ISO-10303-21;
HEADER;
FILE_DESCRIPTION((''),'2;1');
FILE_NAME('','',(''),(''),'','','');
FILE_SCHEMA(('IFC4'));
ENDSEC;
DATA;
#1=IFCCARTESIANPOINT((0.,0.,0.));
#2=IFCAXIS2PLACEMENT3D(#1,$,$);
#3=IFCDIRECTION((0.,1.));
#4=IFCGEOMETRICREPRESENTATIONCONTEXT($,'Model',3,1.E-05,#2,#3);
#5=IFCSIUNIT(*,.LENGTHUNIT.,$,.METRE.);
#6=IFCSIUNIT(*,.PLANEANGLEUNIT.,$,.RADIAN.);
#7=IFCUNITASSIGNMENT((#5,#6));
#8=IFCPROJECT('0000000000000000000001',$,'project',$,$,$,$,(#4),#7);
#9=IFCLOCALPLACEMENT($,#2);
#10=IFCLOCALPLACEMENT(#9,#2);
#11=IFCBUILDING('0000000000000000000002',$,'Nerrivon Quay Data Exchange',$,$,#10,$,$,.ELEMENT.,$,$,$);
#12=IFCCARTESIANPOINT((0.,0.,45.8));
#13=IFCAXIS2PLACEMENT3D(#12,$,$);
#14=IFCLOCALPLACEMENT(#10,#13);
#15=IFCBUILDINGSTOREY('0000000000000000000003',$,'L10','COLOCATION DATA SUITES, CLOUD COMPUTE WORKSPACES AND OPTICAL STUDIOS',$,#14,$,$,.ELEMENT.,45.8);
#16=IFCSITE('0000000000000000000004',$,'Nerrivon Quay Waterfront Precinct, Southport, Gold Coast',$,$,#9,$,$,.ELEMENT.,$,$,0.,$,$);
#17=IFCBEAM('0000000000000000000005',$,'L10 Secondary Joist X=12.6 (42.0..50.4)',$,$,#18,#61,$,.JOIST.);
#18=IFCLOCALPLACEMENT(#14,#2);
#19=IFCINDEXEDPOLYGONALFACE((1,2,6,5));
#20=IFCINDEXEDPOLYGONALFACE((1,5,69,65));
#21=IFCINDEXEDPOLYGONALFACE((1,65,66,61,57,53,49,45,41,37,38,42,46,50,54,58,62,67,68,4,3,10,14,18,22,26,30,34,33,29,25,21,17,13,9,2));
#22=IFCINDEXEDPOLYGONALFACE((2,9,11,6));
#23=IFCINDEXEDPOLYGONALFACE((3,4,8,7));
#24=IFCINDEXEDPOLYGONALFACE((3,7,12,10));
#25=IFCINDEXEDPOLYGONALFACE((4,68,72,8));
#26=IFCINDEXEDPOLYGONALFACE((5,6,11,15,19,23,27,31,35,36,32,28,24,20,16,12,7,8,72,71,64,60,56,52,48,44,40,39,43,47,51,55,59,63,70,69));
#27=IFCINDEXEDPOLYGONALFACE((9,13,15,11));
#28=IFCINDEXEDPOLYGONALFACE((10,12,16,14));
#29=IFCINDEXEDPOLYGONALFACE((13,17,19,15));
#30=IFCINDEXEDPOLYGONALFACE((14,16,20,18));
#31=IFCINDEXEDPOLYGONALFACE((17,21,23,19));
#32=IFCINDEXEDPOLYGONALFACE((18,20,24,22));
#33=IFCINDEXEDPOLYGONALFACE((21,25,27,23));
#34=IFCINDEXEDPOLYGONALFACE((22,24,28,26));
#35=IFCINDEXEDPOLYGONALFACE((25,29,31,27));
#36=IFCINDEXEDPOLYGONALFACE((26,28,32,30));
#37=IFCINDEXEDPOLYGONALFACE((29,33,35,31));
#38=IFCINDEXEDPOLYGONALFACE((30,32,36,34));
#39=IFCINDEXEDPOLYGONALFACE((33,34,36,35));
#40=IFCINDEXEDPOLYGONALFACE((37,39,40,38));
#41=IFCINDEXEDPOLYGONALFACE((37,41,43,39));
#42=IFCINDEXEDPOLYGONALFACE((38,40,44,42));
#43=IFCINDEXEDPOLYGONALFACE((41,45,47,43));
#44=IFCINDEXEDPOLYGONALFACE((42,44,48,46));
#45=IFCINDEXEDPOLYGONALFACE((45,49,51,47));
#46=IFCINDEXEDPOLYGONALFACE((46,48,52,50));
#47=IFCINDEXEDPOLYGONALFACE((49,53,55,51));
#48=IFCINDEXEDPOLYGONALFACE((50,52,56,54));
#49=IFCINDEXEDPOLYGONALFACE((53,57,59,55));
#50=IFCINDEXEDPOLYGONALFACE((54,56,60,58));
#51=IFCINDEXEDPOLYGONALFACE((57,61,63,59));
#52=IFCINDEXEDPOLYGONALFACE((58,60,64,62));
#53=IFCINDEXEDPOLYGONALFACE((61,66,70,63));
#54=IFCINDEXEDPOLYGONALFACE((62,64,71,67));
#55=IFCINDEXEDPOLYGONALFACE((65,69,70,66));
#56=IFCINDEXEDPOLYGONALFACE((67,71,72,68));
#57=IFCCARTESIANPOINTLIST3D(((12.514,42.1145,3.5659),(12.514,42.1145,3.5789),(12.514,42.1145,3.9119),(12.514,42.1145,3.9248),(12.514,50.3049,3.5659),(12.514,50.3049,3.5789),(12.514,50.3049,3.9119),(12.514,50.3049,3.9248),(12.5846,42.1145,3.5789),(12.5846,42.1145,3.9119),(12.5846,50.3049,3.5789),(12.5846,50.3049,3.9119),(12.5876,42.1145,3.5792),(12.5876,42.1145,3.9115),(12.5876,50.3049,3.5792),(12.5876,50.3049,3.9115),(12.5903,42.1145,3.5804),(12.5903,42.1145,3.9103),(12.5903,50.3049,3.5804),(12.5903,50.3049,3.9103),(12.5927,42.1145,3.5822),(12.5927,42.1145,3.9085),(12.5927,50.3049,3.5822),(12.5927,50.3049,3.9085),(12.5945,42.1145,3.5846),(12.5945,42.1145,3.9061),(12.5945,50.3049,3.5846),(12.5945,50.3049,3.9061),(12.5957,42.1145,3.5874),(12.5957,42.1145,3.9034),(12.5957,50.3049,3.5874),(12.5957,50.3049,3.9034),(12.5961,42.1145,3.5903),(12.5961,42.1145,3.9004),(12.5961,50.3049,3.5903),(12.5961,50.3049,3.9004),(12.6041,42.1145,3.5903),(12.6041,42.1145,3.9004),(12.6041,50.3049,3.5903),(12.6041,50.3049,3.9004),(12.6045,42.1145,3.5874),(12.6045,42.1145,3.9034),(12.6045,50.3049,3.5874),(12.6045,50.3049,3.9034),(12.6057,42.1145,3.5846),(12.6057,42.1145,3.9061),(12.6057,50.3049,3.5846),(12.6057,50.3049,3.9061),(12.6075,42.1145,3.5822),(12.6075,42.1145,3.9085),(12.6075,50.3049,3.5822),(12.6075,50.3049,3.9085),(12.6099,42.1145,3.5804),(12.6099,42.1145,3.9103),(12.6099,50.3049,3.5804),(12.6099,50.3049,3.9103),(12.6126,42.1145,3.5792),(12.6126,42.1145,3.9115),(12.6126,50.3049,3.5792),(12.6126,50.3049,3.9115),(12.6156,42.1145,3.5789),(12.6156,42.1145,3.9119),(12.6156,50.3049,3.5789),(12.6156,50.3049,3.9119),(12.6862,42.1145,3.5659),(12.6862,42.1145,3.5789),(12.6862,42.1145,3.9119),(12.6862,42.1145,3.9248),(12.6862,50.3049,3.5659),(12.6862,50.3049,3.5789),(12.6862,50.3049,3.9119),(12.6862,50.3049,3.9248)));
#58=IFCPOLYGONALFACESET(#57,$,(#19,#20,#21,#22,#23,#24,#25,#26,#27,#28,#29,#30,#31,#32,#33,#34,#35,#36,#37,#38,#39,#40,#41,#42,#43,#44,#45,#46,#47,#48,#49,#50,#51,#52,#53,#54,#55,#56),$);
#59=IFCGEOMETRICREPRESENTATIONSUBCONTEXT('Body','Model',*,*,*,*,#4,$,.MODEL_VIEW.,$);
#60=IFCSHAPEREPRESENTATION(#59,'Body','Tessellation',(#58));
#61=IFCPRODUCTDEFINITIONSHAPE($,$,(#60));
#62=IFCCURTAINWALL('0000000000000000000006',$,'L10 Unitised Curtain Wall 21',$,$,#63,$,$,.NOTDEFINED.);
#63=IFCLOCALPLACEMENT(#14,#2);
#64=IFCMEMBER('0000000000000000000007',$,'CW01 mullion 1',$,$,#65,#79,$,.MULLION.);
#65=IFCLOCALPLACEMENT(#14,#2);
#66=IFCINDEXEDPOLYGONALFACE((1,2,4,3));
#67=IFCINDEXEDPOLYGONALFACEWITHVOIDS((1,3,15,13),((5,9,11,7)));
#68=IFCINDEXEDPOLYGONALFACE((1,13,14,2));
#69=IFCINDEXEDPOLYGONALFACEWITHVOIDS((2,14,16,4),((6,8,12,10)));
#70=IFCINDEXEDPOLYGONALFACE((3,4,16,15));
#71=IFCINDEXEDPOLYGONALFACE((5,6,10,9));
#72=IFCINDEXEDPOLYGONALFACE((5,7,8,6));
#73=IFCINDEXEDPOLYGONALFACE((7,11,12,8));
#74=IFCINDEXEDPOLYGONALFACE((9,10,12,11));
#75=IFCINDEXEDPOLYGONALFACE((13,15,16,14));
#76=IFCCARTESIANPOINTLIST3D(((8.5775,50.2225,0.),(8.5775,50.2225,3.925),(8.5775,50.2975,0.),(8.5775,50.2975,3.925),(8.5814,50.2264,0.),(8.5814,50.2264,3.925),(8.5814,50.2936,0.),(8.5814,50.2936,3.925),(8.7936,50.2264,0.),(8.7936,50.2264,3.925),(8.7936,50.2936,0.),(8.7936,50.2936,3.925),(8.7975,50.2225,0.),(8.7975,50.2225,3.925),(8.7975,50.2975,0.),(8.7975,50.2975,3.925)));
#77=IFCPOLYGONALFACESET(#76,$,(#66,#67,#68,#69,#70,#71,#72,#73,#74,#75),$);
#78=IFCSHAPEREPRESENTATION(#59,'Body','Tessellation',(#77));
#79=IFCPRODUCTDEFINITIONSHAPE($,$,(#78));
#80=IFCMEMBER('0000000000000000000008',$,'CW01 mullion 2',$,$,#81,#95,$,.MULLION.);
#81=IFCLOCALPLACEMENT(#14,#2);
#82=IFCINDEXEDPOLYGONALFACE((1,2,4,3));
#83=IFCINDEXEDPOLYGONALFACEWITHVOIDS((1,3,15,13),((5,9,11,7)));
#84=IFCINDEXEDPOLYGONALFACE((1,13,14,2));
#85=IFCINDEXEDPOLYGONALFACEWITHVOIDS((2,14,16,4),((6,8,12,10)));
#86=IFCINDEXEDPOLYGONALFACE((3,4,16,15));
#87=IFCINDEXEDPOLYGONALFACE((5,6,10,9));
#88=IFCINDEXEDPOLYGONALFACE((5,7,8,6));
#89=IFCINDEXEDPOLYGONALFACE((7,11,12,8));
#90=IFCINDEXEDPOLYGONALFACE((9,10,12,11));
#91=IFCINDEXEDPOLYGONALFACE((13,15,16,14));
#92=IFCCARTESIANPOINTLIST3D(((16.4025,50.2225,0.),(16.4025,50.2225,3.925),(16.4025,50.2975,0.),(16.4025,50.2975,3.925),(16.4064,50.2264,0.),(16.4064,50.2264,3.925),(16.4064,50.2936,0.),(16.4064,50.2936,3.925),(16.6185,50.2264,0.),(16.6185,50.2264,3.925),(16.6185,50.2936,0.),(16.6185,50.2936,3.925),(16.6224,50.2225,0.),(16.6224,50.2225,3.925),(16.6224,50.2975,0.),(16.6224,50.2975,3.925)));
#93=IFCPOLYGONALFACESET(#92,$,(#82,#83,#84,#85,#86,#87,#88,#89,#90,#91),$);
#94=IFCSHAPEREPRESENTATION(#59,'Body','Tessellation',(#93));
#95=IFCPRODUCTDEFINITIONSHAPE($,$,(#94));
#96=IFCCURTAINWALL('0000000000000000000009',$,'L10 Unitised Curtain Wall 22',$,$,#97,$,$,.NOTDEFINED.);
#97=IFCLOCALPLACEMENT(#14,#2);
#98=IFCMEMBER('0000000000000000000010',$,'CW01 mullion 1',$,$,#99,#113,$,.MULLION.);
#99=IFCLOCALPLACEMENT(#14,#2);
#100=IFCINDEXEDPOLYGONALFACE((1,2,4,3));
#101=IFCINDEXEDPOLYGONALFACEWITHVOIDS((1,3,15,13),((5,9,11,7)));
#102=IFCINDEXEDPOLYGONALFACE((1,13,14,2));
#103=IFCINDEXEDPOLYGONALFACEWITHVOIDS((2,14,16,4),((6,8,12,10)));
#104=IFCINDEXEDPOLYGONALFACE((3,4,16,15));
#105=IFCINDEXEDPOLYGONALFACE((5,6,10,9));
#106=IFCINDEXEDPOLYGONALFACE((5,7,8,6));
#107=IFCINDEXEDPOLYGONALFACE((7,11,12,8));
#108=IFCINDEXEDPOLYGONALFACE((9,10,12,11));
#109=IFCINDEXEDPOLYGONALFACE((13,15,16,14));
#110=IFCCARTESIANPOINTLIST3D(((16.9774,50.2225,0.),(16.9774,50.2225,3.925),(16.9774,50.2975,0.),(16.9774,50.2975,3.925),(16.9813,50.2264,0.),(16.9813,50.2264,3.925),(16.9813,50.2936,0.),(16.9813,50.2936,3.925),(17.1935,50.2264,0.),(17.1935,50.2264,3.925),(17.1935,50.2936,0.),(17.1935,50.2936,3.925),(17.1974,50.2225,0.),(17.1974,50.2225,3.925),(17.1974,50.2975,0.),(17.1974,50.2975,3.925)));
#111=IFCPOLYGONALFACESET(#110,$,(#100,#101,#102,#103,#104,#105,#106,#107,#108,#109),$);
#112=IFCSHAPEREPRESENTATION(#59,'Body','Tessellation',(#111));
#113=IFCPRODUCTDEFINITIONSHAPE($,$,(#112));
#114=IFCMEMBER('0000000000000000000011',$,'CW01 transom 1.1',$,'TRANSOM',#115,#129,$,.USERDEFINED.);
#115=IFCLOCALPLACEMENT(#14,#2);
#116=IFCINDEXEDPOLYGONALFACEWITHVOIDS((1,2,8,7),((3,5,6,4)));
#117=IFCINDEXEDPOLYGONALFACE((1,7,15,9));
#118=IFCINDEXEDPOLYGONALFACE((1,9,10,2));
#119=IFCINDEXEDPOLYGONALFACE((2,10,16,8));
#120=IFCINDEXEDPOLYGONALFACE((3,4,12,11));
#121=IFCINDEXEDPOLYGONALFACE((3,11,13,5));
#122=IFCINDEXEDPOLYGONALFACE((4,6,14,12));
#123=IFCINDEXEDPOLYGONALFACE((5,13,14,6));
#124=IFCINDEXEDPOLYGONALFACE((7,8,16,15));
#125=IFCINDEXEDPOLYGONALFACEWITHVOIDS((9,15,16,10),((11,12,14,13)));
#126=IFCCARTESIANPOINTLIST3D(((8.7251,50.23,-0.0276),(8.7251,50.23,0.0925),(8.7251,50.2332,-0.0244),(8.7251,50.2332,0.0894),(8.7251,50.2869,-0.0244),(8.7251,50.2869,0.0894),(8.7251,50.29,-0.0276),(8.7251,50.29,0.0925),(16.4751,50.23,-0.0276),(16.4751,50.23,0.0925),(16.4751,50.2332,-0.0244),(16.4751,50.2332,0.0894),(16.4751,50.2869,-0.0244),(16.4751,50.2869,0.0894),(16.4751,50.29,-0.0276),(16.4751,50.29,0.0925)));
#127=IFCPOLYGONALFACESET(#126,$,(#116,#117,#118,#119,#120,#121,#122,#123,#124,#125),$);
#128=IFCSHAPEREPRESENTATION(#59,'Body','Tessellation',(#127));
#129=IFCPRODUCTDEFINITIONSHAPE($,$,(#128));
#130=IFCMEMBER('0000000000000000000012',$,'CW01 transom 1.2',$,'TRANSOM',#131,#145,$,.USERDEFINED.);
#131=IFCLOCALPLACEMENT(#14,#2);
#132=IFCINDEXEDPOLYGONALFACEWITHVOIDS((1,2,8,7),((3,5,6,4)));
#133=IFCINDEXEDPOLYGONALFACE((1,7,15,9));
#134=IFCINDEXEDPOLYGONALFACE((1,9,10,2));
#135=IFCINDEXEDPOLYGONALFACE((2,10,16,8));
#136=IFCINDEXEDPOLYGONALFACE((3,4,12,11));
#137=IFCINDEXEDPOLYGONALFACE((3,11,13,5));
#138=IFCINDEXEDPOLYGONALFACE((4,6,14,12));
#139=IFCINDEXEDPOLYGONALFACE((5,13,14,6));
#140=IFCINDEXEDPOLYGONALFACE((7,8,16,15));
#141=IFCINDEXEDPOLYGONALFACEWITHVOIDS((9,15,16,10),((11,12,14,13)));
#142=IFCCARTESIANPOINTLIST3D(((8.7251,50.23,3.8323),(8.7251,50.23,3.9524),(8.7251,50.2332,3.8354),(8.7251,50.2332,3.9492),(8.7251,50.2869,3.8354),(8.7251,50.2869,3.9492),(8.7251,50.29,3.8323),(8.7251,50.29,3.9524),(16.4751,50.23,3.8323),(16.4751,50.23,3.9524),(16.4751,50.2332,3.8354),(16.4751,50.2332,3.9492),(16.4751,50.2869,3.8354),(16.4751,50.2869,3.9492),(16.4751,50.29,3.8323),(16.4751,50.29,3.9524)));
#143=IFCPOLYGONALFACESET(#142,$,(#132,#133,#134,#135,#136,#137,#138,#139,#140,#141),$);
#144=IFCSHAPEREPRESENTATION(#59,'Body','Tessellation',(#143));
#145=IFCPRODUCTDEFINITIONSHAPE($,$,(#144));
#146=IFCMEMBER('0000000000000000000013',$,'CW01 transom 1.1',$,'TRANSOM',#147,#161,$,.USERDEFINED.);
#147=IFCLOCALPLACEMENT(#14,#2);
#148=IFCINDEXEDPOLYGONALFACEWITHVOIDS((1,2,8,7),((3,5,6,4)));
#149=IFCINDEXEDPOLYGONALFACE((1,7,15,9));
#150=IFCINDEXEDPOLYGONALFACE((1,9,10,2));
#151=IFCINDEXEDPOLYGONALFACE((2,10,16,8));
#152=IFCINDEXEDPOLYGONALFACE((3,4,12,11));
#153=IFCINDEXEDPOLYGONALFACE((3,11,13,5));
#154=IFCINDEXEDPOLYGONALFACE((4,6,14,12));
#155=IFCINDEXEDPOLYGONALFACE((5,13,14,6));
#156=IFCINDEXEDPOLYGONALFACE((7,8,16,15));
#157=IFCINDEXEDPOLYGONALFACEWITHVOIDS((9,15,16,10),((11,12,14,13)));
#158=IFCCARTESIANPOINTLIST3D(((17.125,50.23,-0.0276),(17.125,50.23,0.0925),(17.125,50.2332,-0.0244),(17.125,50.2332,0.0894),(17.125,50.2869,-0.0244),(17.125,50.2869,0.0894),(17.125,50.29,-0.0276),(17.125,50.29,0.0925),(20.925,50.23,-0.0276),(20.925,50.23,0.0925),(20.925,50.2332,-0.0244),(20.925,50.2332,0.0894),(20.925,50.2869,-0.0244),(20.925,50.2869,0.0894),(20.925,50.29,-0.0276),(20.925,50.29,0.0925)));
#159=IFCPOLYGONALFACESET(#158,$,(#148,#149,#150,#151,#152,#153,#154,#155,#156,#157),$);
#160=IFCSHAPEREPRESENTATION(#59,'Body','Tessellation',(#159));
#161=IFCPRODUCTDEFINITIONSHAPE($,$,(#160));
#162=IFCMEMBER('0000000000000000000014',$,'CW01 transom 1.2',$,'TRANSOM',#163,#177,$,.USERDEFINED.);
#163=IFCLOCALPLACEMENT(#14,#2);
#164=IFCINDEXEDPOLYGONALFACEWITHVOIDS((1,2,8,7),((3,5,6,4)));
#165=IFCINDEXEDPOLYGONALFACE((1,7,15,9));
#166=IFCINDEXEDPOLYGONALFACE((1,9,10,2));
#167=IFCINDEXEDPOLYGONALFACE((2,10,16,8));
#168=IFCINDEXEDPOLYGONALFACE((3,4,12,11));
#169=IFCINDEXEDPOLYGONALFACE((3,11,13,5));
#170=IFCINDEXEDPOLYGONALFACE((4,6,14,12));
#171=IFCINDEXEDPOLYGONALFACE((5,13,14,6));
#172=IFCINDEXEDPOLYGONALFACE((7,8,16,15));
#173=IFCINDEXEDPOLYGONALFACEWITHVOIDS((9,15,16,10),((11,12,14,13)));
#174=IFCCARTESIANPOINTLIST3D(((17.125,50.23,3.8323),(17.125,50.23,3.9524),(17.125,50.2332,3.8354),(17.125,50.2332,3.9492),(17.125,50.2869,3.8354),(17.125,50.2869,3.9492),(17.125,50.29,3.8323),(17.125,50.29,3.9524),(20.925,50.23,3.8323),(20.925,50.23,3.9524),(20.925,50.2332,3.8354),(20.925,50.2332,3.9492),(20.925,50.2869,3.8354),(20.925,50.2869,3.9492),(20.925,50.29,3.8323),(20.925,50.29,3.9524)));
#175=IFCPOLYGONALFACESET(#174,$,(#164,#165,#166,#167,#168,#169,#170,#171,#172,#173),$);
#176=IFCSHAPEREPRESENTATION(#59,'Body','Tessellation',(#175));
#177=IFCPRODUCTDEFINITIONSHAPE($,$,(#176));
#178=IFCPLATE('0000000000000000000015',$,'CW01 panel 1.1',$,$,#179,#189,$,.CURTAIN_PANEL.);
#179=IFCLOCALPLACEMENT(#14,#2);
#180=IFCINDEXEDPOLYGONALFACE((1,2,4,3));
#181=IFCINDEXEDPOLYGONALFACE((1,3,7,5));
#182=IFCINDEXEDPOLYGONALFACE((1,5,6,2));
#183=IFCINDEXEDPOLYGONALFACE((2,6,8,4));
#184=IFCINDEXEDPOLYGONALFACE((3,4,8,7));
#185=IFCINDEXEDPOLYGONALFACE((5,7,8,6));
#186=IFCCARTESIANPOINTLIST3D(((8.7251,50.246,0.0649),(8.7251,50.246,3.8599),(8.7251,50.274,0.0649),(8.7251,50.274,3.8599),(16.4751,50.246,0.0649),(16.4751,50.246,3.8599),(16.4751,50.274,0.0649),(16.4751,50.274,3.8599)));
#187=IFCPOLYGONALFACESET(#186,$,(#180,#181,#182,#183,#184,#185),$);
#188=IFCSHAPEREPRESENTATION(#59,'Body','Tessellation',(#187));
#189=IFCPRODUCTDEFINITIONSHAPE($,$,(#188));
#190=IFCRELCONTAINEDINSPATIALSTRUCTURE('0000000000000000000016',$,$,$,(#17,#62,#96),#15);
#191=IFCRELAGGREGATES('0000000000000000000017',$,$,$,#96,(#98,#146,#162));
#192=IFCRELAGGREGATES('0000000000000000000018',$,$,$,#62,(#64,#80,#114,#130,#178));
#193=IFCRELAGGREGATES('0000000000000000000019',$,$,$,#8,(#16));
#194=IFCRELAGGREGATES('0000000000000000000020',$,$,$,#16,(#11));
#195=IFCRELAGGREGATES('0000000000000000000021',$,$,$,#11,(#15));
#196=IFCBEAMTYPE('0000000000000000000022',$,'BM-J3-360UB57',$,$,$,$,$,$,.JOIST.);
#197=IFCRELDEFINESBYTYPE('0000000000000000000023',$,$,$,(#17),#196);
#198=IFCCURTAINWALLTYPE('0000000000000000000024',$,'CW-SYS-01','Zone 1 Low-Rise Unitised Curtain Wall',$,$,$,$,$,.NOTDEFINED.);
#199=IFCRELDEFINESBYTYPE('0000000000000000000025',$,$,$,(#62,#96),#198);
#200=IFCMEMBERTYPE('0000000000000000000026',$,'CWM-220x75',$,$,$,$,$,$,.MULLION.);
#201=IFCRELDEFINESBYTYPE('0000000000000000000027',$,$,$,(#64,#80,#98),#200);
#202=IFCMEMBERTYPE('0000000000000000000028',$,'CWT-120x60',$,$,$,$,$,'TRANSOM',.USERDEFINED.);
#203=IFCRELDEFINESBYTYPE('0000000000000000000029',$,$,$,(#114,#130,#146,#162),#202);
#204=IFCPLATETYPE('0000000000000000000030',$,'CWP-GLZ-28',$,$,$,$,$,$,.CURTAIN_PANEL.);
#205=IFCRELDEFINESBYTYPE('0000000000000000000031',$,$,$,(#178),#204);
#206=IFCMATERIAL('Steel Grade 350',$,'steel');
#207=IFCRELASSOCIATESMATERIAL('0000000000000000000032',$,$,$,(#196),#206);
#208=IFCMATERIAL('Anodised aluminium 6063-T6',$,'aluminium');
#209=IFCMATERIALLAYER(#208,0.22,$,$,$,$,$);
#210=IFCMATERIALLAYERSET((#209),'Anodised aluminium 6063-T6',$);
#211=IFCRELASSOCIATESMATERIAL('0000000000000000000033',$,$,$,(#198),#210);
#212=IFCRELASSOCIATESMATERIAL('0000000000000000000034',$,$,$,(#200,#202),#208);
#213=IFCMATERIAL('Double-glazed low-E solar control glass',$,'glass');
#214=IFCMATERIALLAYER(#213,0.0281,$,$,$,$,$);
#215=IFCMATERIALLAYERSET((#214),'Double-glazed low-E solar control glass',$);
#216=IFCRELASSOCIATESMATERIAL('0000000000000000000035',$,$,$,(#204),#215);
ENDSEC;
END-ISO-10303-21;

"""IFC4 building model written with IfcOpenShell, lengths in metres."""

from ifc_helpers import new_model, si_unit, direction, frame, origin, origin_2d, place, context, subcontext, project, spatial, rectangle, hollow_rectangle, i_section, extrude, material, layer, layer_set, material_profile, profile_set, type_object, element, aggregate, save


model = new_model("IFC4")

# Units and contexts
model_context = context("Model", 3, precision=1e-05, world=origin(), true_north=direction((0.0, 1.0)))
body_context = subcontext(model_context, "Body", "Model", "MODEL_VIEW")
ifc_project = project(units=[si_unit("LENGTHUNIT", "METRE"), si_unit("PLANEANGLEUNIT", "RADIAN")], contexts=[model_context])

# Site, building, storey
site_placement = place(None, origin())
site = spatial("IfcSite", under=ifc_project, at=site_placement, Name="Nerrivon Quay Waterfront Precinct, Southport, Gold Coast", CompositionType="ELEMENT", RefElevation=0.0)
building_placement = place(site_placement, origin())
building = spatial("IfcBuilding", under=site, at=building_placement, Name="Nerrivon Quay Data Exchange", CompositionType="ELEMENT")
storey_placement = place(building_placement, frame((0.0, 0.0, 45.8)))
storey = spatial("IfcBuildingStorey", under=building, at=storey_placement, Name="L10", Description="COLOCATION DATA SUITES, CLOUD COMPUTE WORKSPACES AND OPTICAL STUDIOS", CompositionType="ELEMENT", Elevation=45.8)

# Shared definitions
ifc_material_1 = material(Name="Steel Grade 350", Category="steel")

# Beam
ifc_material_profile_1 = material_profile(ifc_material_1, i_section(OverallWidth=0.1721, OverallDepth=0.3589, WebThickness=0.0081, FlangeThickness=0.0129, FilletRadius=0.0115, at=origin_2d()), Name="360UB56.7")
ifc_profile_set_1 = profile_set([ifc_material_profile_1], Name="Steel Grade 350")
beam_type_1 = type_object("IfcBeamType", Name="BM-J3-360UB57", PredefinedType="JOIST", material=ifc_profile_set_1)
beam_1_placement = place(storey_placement, frame((12.6001, 42.1145, 3.7454), z_axis=(0.0, 1.0, 0.0), x_axis=(-1.0, 0.0, 0.0)))
element("IfcBeam", 1, at=beam_1_placement, inside=storey, type_object=beam_type_1, Name="L10 Secondary Joist X=12.6 (42.0..50.4)", PredefinedType="JOIST", context=body_context, shape_type="SweptSolid", body=[
    extrude(i_section(OverallWidth=0.1721, OverallDepth=0.3589, WebThickness=0.0081, FlangeThickness=0.0129, FilletRadius=0.0115, at=origin_2d()), origin(), (0.0, 0.0, 1.0), 8.1904),
])

# Curtain wall, members
ifc_material_2 = material(Name="Anodised aluminium 6063-T6", Category="aluminium")
ifc_layer_1 = layer(ifc_material_2, 0.22)
ifc_layer_set_1 = layer_set([ifc_layer_1], Name="Anodised aluminium 6063-T6")
curtain_wall_type = type_object("IfcCurtainWallType", Name="CW-SYS-01", Description="Zone 1 Low-Rise Unitised Curtain Wall", PredefinedType="NOTDEFINED", material=ifc_layer_set_1)
curtain_wall_1_placement = place(storey_placement, origin())
curtain_wall_1 = element("IfcCurtainWall", 2, at=curtain_wall_1_placement, inside=storey, type_object=curtain_wall_type, Name="L10 Unitised Curtain Wall 21", PredefinedType="NOTDEFINED")
ifc_material_profile_2 = material_profile(ifc_material_2, hollow_rectangle(XDim=0.075, YDim=0.22, WallThickness=0.0039, at=origin_2d()), Name="ALU-MULL-220x75")
ifc_profile_set_2 = profile_set([ifc_material_profile_2], Name="Anodised aluminium 6063-T6")
member_type_1 = type_object("IfcMemberType", Name="CWM-220x75", PredefinedType="MULLION", material=ifc_profile_set_2)
member_1_placement = place(storey_placement, frame((8.6875, 50.26, 0.0), z_axis=(0.0, 0.0, 1.0), x_axis=(0.0, 1.0, 0.0)))
member_1 = element("IfcMember", 3, at=member_1_placement, type_object=member_type_1, Name="CW01 mullion 1", PredefinedType="MULLION", context=body_context, shape_type="SweptSolid", body=[
    extrude(hollow_rectangle(XDim=0.075, YDim=0.22, WallThickness=0.0039, at=origin_2d()), origin(), (0.0, 0.0, 1.0), 3.925),
])
member_2_placement = place(storey_placement, frame((16.5125, 50.26, 0.0), z_axis=(0.0, 0.0, 1.0), x_axis=(0.0, 1.0, 0.0)))
member_2 = element("IfcMember", 4, at=member_2_placement, type_object=member_type_1, Name="CW01 mullion 2", PredefinedType="MULLION", context=body_context, shape_type="SweptSolid", body=[
    extrude(hollow_rectangle(XDim=0.075, YDim=0.22, WallThickness=0.0039, at=origin_2d()), origin(), (0.0, 0.0, 1.0), 3.925),
])

# Curtain wall, member
curtain_wall_2_placement = place(storey_placement, origin())
curtain_wall_2 = element("IfcCurtainWall", 5, at=curtain_wall_2_placement, inside=storey, type_object=curtain_wall_type, Name="L10 Unitised Curtain Wall 22", PredefinedType="NOTDEFINED")
member_3_placement = place(storey_placement, frame((17.0874, 50.26, 0.0), z_axis=(0.0, 0.0, 1.0), x_axis=(0.0, 1.0, 0.0)))
member_3 = element("IfcMember", 6, at=member_3_placement, type_object=member_type_1, Name="CW01 mullion 1", PredefinedType="MULLION", context=body_context, shape_type="SweptSolid", body=[
    extrude(hollow_rectangle(XDim=0.075, YDim=0.22, WallThickness=0.0039, at=origin_2d()), origin(), (0.0, 0.0, 1.0), 3.925),
])

# Members
ifc_material_profile_3 = material_profile(ifc_material_2, hollow_rectangle(XDim=0.0601, YDim=0.1201, WallThickness=0.0032, at=origin_2d()), Name="ALU-TRAN-120x60")
ifc_profile_set_3 = profile_set([ifc_material_profile_3], Name="Anodised aluminium 6063-T6")
member_type_2 = type_object("IfcMemberType", Name="CWT-120x60", ElementType="TRANSOM", PredefinedType="USERDEFINED", material=ifc_profile_set_3)
member_4_placement = place(storey_placement, frame((8.7251, 50.26, 0.0325), z_axis=(1.0, 0.0, 0.0), x_axis=(0.0, 1.0, 0.0)))
member_4 = element("IfcMember", 7, at=member_4_placement, type_object=member_type_2, Name="CW01 transom 1.1", ObjectType="TRANSOM", PredefinedType="USERDEFINED", context=body_context, shape_type="SweptSolid", body=[
    extrude(hollow_rectangle(XDim=0.0601, YDim=0.1201, WallThickness=0.0032, at=origin_2d()), origin(), (0.0, 0.0, 1.0), 7.75),
])
member_5_placement = place(storey_placement, frame((8.7251, 50.26, 3.8923), z_axis=(1.0, 0.0, 0.0), x_axis=(0.0, 1.0, 0.0)))
member_5 = element("IfcMember", 8, at=member_5_placement, type_object=member_type_2, Name="CW01 transom 1.2", ObjectType="TRANSOM", PredefinedType="USERDEFINED", context=body_context, shape_type="SweptSolid", body=[
    extrude(hollow_rectangle(XDim=0.0601, YDim=0.1201, WallThickness=0.0032, at=origin_2d()), origin(), (0.0, 0.0, 1.0), 7.75),
])
member_6_placement = place(storey_placement, frame((17.125, 50.26, 0.0325), z_axis=(1.0, 0.0, 0.0), x_axis=(0.0, 1.0, 0.0)))
member_6 = element("IfcMember", 9, at=member_6_placement, type_object=member_type_2, Name="CW01 transom 1.1", ObjectType="TRANSOM", PredefinedType="USERDEFINED", context=body_context, shape_type="SweptSolid", body=[
    extrude(hollow_rectangle(XDim=0.0601, YDim=0.1201, WallThickness=0.0032, at=origin_2d()), origin(), (0.0, 0.0, 1.0), 3.8),
])
member_7_placement = place(storey_placement, frame((17.125, 50.26, 3.8923), z_axis=(1.0, 0.0, 0.0), x_axis=(0.0, 1.0, 0.0)))
member_7 = element("IfcMember", 10, at=member_7_placement, type_object=member_type_2, Name="CW01 transom 1.2", ObjectType="TRANSOM", PredefinedType="USERDEFINED", context=body_context, shape_type="SweptSolid", body=[
    extrude(hollow_rectangle(XDim=0.0601, YDim=0.1201, WallThickness=0.0032, at=origin_2d()), origin(), (0.0, 0.0, 1.0), 3.8),
])
aggregate(curtain_wall_2, [member_3, member_6, member_7])

# Plate
ifc_material_3 = material(Name="Double-glazed low-E solar control glass", Category="glass")
ifc_layer_2 = layer(ifc_material_3, 0.0281)
ifc_layer_set_2 = layer_set([ifc_layer_2], Name="Double-glazed low-E solar control glass")
plate_type = type_object("IfcPlateType", Name="CWP-GLZ-28", PredefinedType="CURTAIN_PANEL", material=ifc_layer_set_2)
plate_placement = place(storey_placement, frame((12.6001, 50.26, 0.0649), z_axis=(0.0, 0.0, 1.0), x_axis=(1.0, 0.0, 0.0)))
plate = element("IfcPlate", 11, at=plate_placement, type_object=plate_type, Name="CW01 panel 1.1", PredefinedType="CURTAIN_PANEL", context=body_context, shape_type="SweptSolid", body=[
    extrude(rectangle(XDim=7.75, YDim=0.0281, at=origin_2d()), origin(), (0.0, 0.0, 1.0), 3.7949),
])
aggregate(curtain_wall_1, [member_1, member_2, member_4, member_5, plate])

save(model, "model.ifc")
